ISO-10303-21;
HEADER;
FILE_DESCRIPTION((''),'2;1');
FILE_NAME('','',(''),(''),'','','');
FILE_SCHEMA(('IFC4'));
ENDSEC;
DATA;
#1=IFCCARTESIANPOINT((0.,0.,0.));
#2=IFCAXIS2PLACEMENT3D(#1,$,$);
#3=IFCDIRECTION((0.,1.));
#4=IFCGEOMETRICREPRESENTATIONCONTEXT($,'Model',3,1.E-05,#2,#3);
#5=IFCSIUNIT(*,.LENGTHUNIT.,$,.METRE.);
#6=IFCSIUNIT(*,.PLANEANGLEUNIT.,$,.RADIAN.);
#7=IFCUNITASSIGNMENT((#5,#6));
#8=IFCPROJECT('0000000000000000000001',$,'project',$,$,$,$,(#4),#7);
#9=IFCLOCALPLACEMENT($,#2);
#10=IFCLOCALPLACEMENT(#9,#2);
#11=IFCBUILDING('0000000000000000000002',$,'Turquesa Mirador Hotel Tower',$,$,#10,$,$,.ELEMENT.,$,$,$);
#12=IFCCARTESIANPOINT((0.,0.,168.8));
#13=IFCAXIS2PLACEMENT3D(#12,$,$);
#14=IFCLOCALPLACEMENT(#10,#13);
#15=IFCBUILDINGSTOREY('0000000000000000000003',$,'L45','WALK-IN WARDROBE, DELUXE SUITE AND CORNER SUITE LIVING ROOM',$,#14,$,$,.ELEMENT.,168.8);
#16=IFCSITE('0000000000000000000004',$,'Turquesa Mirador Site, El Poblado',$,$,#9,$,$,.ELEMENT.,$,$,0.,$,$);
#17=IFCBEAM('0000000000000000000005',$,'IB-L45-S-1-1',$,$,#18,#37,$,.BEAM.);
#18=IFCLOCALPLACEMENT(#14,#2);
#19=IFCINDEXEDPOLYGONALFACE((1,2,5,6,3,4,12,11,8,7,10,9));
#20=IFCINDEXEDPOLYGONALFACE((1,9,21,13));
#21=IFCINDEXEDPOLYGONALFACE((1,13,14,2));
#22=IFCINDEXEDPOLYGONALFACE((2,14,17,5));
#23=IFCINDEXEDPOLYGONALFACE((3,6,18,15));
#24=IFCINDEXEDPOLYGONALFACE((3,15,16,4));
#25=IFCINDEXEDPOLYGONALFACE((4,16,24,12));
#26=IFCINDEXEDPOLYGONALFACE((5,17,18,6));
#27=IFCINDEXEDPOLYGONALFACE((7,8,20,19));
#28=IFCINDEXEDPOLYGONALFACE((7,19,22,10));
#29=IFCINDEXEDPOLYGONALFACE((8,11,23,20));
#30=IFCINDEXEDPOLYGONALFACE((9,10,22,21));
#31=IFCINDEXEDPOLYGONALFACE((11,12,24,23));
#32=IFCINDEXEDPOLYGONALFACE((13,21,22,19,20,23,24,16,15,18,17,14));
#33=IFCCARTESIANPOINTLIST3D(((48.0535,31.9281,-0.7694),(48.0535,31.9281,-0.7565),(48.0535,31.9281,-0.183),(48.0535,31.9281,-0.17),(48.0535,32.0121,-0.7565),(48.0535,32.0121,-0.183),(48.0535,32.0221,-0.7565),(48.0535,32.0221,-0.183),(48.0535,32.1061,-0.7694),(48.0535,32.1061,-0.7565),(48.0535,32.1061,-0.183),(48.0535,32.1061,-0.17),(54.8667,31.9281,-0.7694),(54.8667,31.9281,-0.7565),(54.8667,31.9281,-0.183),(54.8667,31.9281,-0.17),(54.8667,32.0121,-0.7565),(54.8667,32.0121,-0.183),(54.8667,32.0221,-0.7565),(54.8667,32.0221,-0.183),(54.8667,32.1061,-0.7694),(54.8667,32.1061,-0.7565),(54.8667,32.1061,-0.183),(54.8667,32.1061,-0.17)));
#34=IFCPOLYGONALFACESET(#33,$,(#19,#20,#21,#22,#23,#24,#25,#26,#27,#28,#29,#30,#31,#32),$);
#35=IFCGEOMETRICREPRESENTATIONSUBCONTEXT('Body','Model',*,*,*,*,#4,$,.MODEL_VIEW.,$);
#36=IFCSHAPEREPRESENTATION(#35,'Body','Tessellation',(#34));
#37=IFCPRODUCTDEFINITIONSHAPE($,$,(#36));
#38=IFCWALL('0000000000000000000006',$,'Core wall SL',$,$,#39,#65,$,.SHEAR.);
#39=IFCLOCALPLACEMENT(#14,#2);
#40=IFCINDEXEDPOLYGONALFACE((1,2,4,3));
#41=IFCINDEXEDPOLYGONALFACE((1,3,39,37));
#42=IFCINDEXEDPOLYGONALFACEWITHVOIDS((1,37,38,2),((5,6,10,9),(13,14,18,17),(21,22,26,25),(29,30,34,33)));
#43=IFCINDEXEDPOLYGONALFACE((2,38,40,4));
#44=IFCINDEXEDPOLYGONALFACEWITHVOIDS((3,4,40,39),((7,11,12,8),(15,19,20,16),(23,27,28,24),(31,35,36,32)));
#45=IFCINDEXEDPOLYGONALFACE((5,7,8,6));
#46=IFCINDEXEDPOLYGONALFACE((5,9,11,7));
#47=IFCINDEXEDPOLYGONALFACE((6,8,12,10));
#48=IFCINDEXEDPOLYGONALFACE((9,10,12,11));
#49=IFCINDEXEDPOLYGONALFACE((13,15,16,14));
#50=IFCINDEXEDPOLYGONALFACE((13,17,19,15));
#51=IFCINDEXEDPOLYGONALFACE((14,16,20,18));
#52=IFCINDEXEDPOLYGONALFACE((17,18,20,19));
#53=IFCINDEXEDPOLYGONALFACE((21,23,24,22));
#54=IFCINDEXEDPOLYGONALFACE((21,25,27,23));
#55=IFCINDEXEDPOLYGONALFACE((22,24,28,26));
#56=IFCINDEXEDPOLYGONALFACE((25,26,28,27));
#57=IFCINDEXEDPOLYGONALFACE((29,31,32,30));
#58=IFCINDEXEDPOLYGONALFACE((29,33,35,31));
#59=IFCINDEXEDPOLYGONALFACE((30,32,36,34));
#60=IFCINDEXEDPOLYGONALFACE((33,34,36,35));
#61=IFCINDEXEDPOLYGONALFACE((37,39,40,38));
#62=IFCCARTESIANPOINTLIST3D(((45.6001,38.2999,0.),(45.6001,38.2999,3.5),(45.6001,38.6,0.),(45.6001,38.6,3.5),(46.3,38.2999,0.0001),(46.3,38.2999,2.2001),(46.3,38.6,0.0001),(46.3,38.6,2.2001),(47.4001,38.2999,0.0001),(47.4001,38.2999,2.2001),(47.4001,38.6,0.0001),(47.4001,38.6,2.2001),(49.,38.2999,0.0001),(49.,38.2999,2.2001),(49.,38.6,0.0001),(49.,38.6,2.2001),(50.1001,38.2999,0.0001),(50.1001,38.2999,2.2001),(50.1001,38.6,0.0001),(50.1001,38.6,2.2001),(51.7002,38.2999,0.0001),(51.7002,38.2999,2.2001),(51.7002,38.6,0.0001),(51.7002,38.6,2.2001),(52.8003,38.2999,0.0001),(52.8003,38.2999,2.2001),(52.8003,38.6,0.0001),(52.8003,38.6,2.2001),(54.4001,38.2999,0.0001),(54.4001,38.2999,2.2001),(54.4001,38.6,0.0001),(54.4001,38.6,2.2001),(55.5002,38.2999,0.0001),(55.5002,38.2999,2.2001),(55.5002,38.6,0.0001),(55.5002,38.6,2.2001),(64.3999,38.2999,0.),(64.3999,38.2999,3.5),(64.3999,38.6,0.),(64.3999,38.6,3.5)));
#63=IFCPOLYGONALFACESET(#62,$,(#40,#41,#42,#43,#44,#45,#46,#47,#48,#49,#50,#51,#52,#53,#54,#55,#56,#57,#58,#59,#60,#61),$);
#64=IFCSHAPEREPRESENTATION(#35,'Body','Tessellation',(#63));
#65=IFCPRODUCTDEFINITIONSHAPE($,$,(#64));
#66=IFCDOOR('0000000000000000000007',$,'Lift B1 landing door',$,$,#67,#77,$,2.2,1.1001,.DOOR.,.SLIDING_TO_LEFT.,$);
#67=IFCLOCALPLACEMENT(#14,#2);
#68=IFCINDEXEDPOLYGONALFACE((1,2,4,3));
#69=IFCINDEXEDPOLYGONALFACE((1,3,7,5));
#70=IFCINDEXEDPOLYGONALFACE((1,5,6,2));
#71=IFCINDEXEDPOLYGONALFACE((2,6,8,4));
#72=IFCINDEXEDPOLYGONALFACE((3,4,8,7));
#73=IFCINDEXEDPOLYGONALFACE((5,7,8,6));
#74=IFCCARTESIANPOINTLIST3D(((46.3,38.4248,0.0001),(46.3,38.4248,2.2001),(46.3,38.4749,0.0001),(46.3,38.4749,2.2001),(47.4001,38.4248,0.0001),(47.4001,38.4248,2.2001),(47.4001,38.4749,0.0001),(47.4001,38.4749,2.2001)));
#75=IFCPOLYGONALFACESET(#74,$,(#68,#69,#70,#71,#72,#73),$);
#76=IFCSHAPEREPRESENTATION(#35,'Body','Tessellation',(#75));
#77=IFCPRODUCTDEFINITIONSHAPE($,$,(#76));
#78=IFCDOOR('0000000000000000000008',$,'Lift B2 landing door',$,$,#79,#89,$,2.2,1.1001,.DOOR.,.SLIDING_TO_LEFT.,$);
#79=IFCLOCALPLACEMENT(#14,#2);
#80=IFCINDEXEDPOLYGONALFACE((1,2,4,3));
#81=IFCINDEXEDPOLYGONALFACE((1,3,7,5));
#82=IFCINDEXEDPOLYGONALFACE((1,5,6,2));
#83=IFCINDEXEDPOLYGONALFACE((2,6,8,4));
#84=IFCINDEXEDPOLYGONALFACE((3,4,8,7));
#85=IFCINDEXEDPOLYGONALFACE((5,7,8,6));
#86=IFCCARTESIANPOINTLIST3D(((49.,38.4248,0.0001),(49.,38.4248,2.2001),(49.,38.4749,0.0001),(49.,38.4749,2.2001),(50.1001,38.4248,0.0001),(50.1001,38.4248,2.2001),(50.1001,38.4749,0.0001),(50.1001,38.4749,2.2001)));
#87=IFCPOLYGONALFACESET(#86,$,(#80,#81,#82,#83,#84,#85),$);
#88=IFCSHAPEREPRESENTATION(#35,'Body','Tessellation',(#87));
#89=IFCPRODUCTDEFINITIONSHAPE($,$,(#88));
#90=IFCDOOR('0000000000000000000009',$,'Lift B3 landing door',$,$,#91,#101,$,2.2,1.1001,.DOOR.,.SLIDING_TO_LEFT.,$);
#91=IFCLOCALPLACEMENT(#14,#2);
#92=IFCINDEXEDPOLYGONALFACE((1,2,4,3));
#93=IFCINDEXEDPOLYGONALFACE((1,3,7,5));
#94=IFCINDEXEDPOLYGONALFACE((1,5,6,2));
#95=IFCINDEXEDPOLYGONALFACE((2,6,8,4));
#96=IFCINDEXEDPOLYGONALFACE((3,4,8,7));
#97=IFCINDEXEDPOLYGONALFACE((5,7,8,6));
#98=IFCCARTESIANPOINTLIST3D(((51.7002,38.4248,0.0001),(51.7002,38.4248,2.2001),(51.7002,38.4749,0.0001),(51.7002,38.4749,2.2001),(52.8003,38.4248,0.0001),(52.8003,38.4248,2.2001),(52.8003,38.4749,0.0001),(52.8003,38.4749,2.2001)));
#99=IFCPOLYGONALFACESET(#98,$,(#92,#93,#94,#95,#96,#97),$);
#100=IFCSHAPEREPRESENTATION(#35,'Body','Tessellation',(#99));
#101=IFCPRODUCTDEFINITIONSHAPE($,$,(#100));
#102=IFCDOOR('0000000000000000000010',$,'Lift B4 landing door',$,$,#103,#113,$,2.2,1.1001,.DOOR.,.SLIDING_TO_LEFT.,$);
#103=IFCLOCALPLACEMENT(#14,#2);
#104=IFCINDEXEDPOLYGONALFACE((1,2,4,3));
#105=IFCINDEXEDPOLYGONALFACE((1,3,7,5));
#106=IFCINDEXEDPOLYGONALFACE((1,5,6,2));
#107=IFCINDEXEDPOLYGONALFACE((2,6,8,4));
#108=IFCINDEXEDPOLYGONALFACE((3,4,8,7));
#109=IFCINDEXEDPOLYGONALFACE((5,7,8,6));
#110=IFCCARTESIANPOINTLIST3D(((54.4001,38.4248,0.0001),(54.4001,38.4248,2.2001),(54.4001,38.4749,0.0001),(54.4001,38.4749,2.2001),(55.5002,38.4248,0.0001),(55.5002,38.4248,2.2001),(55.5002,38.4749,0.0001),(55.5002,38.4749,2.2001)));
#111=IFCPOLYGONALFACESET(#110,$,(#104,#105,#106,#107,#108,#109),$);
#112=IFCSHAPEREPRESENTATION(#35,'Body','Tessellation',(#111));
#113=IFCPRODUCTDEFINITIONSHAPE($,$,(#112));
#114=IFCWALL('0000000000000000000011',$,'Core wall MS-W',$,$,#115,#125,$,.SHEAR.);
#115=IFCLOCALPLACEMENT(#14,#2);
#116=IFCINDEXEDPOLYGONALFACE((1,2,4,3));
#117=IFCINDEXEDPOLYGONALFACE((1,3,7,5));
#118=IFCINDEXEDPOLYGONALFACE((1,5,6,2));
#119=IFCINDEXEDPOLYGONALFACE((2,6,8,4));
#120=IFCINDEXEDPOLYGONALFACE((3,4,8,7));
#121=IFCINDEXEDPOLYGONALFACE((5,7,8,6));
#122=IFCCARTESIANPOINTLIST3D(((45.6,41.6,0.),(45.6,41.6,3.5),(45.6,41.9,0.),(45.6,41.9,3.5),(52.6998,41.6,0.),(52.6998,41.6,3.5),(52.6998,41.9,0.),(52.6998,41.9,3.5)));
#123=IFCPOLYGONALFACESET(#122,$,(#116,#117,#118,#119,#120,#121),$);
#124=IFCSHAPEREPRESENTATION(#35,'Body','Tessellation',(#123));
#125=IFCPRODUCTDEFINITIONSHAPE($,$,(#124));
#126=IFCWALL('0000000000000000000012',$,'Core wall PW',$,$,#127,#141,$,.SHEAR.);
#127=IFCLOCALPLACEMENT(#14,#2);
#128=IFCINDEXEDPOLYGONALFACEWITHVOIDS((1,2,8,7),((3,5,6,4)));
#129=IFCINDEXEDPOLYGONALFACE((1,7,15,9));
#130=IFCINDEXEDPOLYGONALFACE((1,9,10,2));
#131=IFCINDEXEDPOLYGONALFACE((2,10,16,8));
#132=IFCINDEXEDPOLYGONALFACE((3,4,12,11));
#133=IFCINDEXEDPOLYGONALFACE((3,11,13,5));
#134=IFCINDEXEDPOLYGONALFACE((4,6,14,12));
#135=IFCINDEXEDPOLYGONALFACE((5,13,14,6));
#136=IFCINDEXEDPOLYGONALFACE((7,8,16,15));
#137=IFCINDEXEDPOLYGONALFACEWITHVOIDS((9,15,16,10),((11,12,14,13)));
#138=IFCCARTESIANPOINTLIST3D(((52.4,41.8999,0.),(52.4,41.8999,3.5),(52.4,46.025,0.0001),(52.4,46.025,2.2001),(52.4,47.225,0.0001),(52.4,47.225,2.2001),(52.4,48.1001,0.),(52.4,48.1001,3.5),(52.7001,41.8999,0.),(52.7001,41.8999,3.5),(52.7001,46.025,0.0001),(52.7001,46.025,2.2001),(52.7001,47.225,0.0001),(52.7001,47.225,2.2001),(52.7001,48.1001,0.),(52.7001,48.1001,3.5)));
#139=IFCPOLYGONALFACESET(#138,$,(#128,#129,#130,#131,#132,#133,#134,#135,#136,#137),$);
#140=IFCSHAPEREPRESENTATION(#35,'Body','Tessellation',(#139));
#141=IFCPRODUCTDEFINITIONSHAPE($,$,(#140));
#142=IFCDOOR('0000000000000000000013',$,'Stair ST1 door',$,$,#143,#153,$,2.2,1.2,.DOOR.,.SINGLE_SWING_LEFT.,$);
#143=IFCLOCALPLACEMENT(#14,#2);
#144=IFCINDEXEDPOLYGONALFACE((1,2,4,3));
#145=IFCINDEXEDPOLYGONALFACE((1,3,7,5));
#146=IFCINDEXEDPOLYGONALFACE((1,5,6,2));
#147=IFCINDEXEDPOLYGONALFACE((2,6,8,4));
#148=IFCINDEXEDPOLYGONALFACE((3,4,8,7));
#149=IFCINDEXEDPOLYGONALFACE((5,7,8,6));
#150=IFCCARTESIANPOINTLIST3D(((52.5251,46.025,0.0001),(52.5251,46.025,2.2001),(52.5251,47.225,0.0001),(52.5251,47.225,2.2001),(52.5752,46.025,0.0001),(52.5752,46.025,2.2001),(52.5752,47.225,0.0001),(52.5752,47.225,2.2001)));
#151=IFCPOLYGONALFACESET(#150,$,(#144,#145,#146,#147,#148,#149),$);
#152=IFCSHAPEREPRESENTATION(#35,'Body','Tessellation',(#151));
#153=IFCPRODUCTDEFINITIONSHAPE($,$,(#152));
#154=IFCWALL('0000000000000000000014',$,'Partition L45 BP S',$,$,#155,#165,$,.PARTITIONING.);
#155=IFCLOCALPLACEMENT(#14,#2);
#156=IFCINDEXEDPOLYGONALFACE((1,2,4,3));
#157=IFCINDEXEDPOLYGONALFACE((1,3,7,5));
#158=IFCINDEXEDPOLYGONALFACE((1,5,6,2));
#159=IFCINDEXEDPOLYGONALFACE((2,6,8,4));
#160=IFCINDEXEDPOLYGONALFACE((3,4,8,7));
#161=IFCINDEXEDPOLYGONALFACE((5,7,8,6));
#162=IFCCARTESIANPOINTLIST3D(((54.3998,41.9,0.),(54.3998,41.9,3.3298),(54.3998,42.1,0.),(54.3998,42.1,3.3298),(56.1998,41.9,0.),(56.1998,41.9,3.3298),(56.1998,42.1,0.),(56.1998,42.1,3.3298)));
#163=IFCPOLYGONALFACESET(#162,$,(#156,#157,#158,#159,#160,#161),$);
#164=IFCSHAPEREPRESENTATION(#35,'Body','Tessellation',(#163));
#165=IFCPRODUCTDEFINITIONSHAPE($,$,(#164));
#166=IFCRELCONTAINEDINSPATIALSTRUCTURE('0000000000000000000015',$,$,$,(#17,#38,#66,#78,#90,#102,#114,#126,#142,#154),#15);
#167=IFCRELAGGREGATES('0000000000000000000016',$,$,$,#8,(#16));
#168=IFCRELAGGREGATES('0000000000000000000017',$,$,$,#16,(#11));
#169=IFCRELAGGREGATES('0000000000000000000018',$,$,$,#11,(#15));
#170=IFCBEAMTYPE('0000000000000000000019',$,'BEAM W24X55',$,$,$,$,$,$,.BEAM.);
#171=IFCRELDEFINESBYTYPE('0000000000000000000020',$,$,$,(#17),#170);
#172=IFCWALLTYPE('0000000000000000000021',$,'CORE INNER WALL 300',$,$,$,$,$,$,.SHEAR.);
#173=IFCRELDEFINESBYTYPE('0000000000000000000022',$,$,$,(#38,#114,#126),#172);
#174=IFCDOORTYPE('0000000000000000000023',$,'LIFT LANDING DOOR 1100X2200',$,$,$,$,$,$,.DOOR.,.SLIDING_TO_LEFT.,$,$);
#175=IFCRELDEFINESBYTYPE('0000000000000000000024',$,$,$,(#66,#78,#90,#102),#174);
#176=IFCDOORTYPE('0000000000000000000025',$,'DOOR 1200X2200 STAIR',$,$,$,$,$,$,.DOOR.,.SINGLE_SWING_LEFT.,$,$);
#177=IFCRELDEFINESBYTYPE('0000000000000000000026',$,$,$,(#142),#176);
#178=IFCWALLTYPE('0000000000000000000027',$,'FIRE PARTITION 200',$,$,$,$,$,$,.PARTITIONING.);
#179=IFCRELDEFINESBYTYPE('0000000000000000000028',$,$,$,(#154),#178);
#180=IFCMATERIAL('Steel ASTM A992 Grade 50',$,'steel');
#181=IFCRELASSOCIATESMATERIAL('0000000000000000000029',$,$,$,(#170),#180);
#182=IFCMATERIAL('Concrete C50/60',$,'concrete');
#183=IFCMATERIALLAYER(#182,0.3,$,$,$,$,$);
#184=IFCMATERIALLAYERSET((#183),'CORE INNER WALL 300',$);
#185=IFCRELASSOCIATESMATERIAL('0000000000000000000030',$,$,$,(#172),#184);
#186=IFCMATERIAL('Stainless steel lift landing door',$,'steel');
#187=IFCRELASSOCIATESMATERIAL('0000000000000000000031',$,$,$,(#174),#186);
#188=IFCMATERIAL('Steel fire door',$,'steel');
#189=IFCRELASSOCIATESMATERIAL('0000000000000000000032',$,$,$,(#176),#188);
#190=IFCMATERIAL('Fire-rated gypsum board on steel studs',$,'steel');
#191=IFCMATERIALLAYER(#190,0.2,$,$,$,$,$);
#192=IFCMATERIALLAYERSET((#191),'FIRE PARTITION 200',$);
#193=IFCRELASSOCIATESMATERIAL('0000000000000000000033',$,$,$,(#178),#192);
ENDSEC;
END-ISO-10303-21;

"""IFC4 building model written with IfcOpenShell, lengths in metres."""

from ifc_helpers import new_model, si_unit, direction, frame, frame_2d, origin, origin_2d, place, context, subcontext, project, spatial, rectangle, i_section, extrude, material, layer, layer_set, material_profile, profile_set, type_object, element, fill, save


model = new_model("IFC4")

# Units and contexts
model_context = context("Model", 3, precision=1e-05, world=origin(), true_north=direction((0.0, 1.0)))
body_context = subcontext(model_context, "Body", "Model", "MODEL_VIEW")
ifc_project = project(units=[si_unit("LENGTHUNIT", "METRE"), si_unit("PLANEANGLEUNIT", "RADIAN")], contexts=[model_context])

# Site, building, storey
site_placement = place(None, origin())
site = spatial("IfcSite", under=ifc_project, at=site_placement, Name="Turquesa Mirador Site, El Poblado", CompositionType="ELEMENT", RefElevation=0.0)
building_placement = place(site_placement, origin())
building = spatial("IfcBuilding", under=site, at=building_placement, Name="Turquesa Mirador Hotel Tower", CompositionType="ELEMENT")
storey_placement = place(building_placement, frame((0.0, 0.0, 168.8)))
storey = spatial("IfcBuildingStorey", under=building, at=storey_placement, Name="L45", Description="WALK-IN WARDROBE, DELUXE SUITE AND CORNER SUITE LIVING ROOM", CompositionType="ELEMENT", Elevation=168.8)

# Beam
ifc_material_1 = material(Name="Steel ASTM A992 Grade 50", Category="steel")
ifc_material_profile = material_profile(ifc_material_1, i_section(OverallWidth=0.178, OverallDepth=0.5994, WebThickness=0.01, FlangeThickness=0.0129, at=origin_2d()), Name="W24X55")
ifc_profile_set = profile_set([ifc_material_profile], Name="Steel ASTM A992 Grade 50")
beam_type = type_object("IfcBeamType", Name="BEAM W24X55", PredefinedType="BEAM", material=ifc_profile_set)
beam_placement = place(storey_placement, frame((48.0535, 32.0171, -0.4697), z_axis=(1.0, 0.0, 0.0), x_axis=(0.0, 1.0, 0.0)))
element("IfcBeam", 1, at=beam_placement, inside=storey, type_object=beam_type, Name="IB-L45-S-1-1", PredefinedType="BEAM", context=body_context, shape_type="SweptSolid", body=[
    extrude(i_section(OverallWidth=0.178, OverallDepth=0.5994, WebThickness=0.01, FlangeThickness=0.0129, at=origin_2d()), origin(), (0.0, 0.0, 1.0), 6.8132),
])

# Wall, openings, doors
ifc_material_2 = material(Name="Concrete C50/60", Category="concrete")
ifc_layer_1 = layer(ifc_material_2, 0.3)
ifc_layer_set_1 = layer_set([ifc_layer_1], Name="CORE INNER WALL 300")
wall_type_1 = type_object("IfcWallType", Name="CORE INNER WALL 300", PredefinedType="SHEAR", material=ifc_layer_set_1)
wall_1_placement = place(storey_placement, frame((45.6001, 38.45, 0.0), z_axis=(0.0, 0.0, 1.0), x_axis=(1.0, 0.0, 0.0)))
wall_1 = element("IfcWall", 2, at=wall_1_placement, inside=storey, type_object=wall_type_1, Name="Core wall SL", PredefinedType="SHEAR", context=body_context, shape_type="SweptSolid", body=[
    extrude(rectangle(XDim=18.7998, YDim=0.3, at=frame_2d((9.3999, 0.0))), origin(), (0.0, 0.0, 1.0), 3.5),
])
opening_1_placement = place(wall_1_placement, frame((0.7, 0.0, 0.0)))
opening_1 = element("IfcOpeningElement", 3, at=opening_1_placement, cuts=wall_1, PredefinedType="OPENING", context=body_context, shape_type="SweptSolid", body=[
    extrude(rectangle(XDim=1.1001, YDim=2.2, at=frame_2d((0.55, 1.1001))), frame((0.0, 0.1599, 0.0), z_axis=(0.0, -1.0, 0.0), x_axis=(1.0, 0.0, 0.0)), (0.0, 0.0, 1.0), 0.3201),
])
opening_2_placement = place(wall_1_placement, frame((3.3999, 0.0, 0.0)))
opening_2 = element("IfcOpeningElement", 4, at=opening_2_placement, cuts=wall_1, PredefinedType="OPENING", context=body_context, shape_type="SweptSolid", body=[
    extrude(rectangle(XDim=1.1001, YDim=2.2, at=frame_2d((0.55, 1.1001))), frame((0.0, 0.1599, 0.0), z_axis=(0.0, -1.0, 0.0), x_axis=(1.0, 0.0, 0.0)), (0.0, 0.0, 1.0), 0.3201),
])
opening_3_placement = place(wall_1_placement, frame((6.1001, 0.0, 0.0)))
opening_3 = element("IfcOpeningElement", 5, at=opening_3_placement, cuts=wall_1, PredefinedType="OPENING", context=body_context, shape_type="SweptSolid", body=[
    extrude(rectangle(XDim=1.1001, YDim=2.2, at=frame_2d((0.55, 1.1001))), frame((0.0, 0.1599, 0.0), z_axis=(0.0, -1.0, 0.0), x_axis=(1.0, 0.0, 0.0)), (0.0, 0.0, 1.0), 0.3201),
])
opening_4_placement = place(wall_1_placement, frame((8.8, 0.0, 0.0)))
opening_4 = element("IfcOpeningElement", 6, at=opening_4_placement, cuts=wall_1, PredefinedType="OPENING", context=body_context, shape_type="SweptSolid", body=[
    extrude(rectangle(XDim=1.1001, YDim=2.2, at=frame_2d((0.55, 1.1001))), frame((0.0, 0.1599, 0.0), z_axis=(0.0, -1.0, 0.0), x_axis=(1.0, 0.0, 0.0)), (0.0, 0.0, 1.0), 0.3201),
])
ifc_material_3 = material(Name="Stainless steel lift landing door", Category="steel")
door_type_1 = type_object("IfcDoorType", Name="LIFT LANDING DOOR 1100X2200", OperationType="SLIDING_TO_LEFT", PredefinedType="DOOR", material=ifc_material_3)
door_1_placement = place(opening_1_placement, origin())
door_1 = element("IfcDoor", 7, at=door_1_placement, inside=storey, type_object=door_type_1, Name="Lift B1 landing door", OperationType="SLIDING_TO_LEFT", OverallHeight=2.2, OverallWidth=1.1001, PredefinedType="DOOR", context=body_context, shape_type="SweptSolid", body=[
    extrude(rectangle(XDim=1.1001, YDim=2.2, at=frame_2d((0.55, 1.1001))), frame((0.0, 0.0249, 0.0), z_axis=(0.0, -1.0, 0.0), x_axis=(1.0, 0.0, 0.0)), (0.0, 0.0, 1.0), 0.05),
])
fill(opening_1, door_1)
door_2_placement = place(opening_2_placement, origin())
door_2 = element("IfcDoor", 8, at=door_2_placement, inside=storey, type_object=door_type_1, Name="Lift B2 landing door", OperationType="SLIDING_TO_LEFT", OverallHeight=2.2, OverallWidth=1.1001, PredefinedType="DOOR", context=body_context, shape_type="SweptSolid", body=[
    extrude(rectangle(XDim=1.1001, YDim=2.2, at=frame_2d((0.55, 1.1001))), frame((0.0, 0.0249, 0.0), z_axis=(0.0, -1.0, 0.0), x_axis=(1.0, 0.0, 0.0)), (0.0, 0.0, 1.0), 0.05),
])
fill(opening_2, door_2)
door_3_placement = place(opening_3_placement, origin())
door_3 = element("IfcDoor", 9, at=door_3_placement, inside=storey, type_object=door_type_1, Name="Lift B3 landing door", OperationType="SLIDING_TO_LEFT", OverallHeight=2.2, OverallWidth=1.1001, PredefinedType="DOOR", context=body_context, shape_type="SweptSolid", body=[
    extrude(rectangle(XDim=1.1001, YDim=2.2, at=frame_2d((0.55, 1.1001))), frame((0.0, 0.0249, 0.0), z_axis=(0.0, -1.0, 0.0), x_axis=(1.0, 0.0, 0.0)), (0.0, 0.0, 1.0), 0.05),
])
fill(opening_3, door_3)
door_4_placement = place(opening_4_placement, origin())
door_4 = element("IfcDoor", 10, at=door_4_placement, inside=storey, type_object=door_type_1, Name="Lift B4 landing door", OperationType="SLIDING_TO_LEFT", OverallHeight=2.2, OverallWidth=1.1001, PredefinedType="DOOR", context=body_context, shape_type="SweptSolid", body=[
    extrude(rectangle(XDim=1.1001, YDim=2.2, at=frame_2d((0.55, 1.1001))), frame((0.0, 0.0249, 0.0), z_axis=(0.0, -1.0, 0.0), x_axis=(1.0, 0.0, 0.0)), (0.0, 0.0, 1.0), 0.05),
])
fill(opening_4, door_4)

# Wall
wall_2_placement = place(storey_placement, frame((45.6001, 41.75, 0.0), z_axis=(0.0, 0.0, 1.0), x_axis=(1.0, 0.0, 0.0)))
element("IfcWall", 11, at=wall_2_placement, inside=storey, type_object=wall_type_1, Name="Core wall MS-W", PredefinedType="SHEAR", context=body_context, shape_type="SweptSolid", body=[
    extrude(rectangle(XDim=7.0999, YDim=0.3, at=frame_2d((3.5498, 0.0))), origin(), (0.0, 0.0, 1.0), 3.5),
])

# Wall, opening, door
wall_3_placement = place(storey_placement, frame((52.55, 41.8999, 0.0), z_axis=(0.0, 0.0, 1.0), x_axis=(0.0, 1.0, 0.0)))
wall_3 = element("IfcWall", 12, at=wall_3_placement, inside=storey, type_object=wall_type_1, Name="Core wall PW", PredefinedType="SHEAR", context=body_context, shape_type="SweptSolid", body=[
    extrude(rectangle(XDim=6.2002, YDim=0.3, at=frame_2d((3.1001, 0.0))), origin(), (0.0, 0.0, 1.0), 3.5),
])
opening_5_placement = place(wall_3_placement, frame((4.125, 0.0, 0.0)))
opening_5 = element("IfcOpeningElement", 13, at=opening_5_placement, cuts=wall_3, PredefinedType="OPENING", context=body_context, shape_type="SweptSolid", body=[
    extrude(rectangle(XDim=1.2, YDim=2.2, at=frame_2d((0.6001, 1.1001))), frame((0.0, 0.1599, 0.0), z_axis=(0.0, -1.0, 0.0), x_axis=(1.0, 0.0, 0.0)), (0.0, 0.0, 1.0), 0.3201),
])
ifc_material_4 = material(Name="Steel fire door", Category="steel")
door_type_2 = type_object("IfcDoorType", Name="DOOR 1200X2200 STAIR", OperationType="SINGLE_SWING_LEFT", PredefinedType="DOOR", material=ifc_material_4)
door_5_placement = place(opening_5_placement, origin())
door_5 = element("IfcDoor", 14, at=door_5_placement, inside=storey, type_object=door_type_2, Name="Stair ST1 door", OperationType="SINGLE_SWING_LEFT", OverallHeight=2.2, OverallWidth=1.2, PredefinedType="DOOR", context=body_context, shape_type="SweptSolid", body=[
    extrude(rectangle(XDim=1.2, YDim=2.2, at=frame_2d((0.6001, 1.1001))), frame((0.0, 0.0249, 0.0), z_axis=(0.0, -1.0, 0.0), x_axis=(1.0, 0.0, 0.0)), (0.0, 0.0, 1.0), 0.05),
])
fill(opening_5, door_5)

# Wall
ifc_material_5 = material(Name="Fire-rated gypsum board on steel studs", Category="steel")
ifc_layer_2 = layer(ifc_material_5, 0.2)
ifc_layer_set_2 = layer_set([ifc_layer_2], Name="FIRE PARTITION 200")
wall_type_2 = type_object("IfcWallType", Name="FIRE PARTITION 200", PredefinedType="PARTITIONING", material=ifc_layer_set_2)
wall_4_placement = place(storey_placement, frame((54.3999, 42.0, 0.0), z_axis=(0.0, 0.0, 1.0), x_axis=(1.0, 0.0, 0.0)))
element("IfcWall", 15, at=wall_4_placement, inside=storey, type_object=wall_type_2, Name="Partition L45 BP S", PredefinedType="PARTITIONING", context=body_context, shape_type="SweptSolid", body=[
    extrude(rectangle(XDim=1.8, YDim=0.2, at=frame_2d((0.8999, 0.0))), origin(), (0.0, 0.0, 1.0), 3.3298),
])

save(model, "model.ifc")
